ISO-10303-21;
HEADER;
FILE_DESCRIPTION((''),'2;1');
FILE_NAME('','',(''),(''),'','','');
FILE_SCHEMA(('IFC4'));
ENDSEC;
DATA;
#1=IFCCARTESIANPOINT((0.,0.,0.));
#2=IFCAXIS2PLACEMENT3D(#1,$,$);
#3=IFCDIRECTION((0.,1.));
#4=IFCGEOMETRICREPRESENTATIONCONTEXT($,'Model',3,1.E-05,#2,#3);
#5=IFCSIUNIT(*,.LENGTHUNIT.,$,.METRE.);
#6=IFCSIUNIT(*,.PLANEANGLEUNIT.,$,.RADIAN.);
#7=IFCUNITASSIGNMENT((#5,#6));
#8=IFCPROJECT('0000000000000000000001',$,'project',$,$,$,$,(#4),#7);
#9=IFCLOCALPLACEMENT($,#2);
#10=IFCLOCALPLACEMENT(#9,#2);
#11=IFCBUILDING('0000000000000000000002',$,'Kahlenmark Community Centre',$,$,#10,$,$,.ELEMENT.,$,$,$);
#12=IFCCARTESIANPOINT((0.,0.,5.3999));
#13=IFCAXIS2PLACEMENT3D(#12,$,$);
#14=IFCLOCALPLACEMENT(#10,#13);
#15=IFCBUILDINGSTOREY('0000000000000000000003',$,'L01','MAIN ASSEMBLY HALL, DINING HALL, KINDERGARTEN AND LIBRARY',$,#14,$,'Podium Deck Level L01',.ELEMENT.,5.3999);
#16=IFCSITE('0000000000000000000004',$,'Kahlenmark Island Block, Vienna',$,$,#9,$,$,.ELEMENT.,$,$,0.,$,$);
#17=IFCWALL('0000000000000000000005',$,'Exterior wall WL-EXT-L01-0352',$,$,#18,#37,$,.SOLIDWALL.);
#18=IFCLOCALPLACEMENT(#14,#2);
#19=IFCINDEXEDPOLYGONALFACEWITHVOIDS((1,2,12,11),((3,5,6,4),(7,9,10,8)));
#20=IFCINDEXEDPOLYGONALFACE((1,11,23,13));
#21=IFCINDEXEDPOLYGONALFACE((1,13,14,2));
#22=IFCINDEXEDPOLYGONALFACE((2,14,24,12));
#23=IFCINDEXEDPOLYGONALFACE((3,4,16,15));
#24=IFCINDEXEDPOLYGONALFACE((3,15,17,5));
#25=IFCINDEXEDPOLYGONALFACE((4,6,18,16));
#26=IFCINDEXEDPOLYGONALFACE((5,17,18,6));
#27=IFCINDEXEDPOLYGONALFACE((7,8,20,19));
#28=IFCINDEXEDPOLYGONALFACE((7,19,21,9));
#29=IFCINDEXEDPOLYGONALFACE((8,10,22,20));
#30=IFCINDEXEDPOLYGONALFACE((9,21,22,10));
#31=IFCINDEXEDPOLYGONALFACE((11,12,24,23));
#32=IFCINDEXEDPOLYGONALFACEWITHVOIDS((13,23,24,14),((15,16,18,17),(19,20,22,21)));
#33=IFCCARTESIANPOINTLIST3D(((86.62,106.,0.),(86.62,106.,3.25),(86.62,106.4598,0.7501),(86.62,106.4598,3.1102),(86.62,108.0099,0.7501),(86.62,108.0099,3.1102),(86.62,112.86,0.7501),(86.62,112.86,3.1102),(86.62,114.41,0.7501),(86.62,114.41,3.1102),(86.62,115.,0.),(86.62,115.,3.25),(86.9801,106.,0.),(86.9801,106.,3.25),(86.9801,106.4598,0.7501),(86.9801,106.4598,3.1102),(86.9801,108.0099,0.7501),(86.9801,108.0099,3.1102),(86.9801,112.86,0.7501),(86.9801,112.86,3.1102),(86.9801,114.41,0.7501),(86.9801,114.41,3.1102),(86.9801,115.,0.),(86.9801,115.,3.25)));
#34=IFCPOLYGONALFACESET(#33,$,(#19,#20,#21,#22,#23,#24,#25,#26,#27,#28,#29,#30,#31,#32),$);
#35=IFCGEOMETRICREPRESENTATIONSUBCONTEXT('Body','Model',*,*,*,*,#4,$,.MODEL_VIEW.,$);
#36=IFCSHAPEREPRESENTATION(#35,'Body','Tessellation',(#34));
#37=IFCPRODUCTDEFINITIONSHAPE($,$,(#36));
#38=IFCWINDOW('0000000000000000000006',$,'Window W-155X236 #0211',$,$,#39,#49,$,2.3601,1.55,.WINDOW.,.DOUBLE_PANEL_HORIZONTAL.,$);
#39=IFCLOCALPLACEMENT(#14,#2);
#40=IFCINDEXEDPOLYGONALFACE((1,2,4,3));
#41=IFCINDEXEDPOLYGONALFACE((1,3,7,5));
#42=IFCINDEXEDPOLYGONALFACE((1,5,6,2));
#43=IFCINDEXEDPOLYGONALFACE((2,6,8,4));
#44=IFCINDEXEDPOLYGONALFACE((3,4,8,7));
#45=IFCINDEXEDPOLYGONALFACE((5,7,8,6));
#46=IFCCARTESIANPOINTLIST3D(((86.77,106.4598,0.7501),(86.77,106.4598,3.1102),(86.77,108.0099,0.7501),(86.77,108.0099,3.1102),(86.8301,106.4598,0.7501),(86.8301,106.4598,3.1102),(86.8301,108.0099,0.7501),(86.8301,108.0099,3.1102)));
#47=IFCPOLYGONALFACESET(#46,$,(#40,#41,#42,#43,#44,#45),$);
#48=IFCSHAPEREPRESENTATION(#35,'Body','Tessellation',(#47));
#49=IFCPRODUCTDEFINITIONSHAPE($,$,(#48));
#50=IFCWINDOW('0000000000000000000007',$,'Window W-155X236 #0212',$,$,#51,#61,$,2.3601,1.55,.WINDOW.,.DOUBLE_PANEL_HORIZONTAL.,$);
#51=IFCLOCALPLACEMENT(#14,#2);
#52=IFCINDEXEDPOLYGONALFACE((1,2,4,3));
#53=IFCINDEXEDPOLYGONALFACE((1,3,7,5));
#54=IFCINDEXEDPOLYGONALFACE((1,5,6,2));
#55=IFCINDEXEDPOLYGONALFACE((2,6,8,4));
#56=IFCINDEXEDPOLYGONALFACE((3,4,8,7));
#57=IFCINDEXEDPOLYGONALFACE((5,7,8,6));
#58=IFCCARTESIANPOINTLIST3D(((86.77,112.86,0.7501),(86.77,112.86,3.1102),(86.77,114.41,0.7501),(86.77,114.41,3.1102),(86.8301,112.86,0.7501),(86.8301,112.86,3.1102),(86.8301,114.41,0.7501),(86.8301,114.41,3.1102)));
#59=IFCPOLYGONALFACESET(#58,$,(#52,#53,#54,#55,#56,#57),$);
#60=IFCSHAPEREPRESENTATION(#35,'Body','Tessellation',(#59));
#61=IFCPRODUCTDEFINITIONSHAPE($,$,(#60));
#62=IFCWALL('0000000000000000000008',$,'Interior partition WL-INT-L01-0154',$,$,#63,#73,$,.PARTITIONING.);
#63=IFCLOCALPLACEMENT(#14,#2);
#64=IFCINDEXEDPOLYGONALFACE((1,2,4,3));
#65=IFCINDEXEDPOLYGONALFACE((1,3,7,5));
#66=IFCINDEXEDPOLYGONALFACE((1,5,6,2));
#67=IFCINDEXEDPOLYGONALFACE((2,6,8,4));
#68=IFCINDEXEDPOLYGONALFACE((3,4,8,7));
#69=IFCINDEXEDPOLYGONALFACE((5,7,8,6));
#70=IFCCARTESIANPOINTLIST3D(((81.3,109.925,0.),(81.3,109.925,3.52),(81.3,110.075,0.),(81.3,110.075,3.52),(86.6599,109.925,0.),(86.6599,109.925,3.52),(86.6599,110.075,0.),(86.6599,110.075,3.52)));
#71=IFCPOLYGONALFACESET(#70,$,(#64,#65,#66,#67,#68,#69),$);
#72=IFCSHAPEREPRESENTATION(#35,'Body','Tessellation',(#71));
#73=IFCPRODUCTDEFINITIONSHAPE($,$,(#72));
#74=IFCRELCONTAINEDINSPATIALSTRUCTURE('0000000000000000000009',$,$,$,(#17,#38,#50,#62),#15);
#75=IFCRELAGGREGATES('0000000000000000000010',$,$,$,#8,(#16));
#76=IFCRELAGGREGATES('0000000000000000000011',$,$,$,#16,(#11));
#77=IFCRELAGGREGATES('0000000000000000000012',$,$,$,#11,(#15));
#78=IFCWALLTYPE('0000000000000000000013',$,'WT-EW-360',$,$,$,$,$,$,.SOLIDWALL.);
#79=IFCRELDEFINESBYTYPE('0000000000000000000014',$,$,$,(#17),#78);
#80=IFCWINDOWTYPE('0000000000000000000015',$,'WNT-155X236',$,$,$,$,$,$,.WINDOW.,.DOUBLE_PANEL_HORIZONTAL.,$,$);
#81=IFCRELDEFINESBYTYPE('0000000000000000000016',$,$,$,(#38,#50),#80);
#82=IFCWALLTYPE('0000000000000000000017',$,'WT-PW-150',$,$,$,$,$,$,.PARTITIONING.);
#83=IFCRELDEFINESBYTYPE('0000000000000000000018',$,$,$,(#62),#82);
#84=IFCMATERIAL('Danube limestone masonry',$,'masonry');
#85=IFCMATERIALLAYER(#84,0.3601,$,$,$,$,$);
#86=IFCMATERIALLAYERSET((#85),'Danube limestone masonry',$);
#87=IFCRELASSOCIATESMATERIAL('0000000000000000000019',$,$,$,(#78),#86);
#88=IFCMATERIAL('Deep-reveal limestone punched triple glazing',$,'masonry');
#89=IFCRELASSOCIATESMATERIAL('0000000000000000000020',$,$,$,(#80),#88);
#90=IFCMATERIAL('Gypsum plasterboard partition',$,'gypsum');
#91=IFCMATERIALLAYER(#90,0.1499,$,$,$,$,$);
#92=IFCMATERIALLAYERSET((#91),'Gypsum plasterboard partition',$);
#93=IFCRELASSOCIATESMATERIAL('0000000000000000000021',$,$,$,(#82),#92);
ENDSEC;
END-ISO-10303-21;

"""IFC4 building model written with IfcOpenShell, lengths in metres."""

from ifc_helpers import new_model, si_unit, direction, frame, frame_2d, origin, place, context, subcontext, project, spatial, rectangle, extrude, material, layer, layer_set, type_object, element, fill, save


model = new_model("IFC4")

# Units and contexts
model_context = context("Model", 3, precision=1e-05, world=origin(), true_north=direction((0.0, 1.0)))
body_context = subcontext(model_context, "Body", "Model", "MODEL_VIEW")
ifc_project = project(units=[si_unit("LENGTHUNIT", "METRE"), si_unit("PLANEANGLEUNIT", "RADIAN")], contexts=[model_context])

# Site, building, storey
site_placement = place(None, origin())
site = spatial("IfcSite", under=ifc_project, at=site_placement, Name="Kahlenmark Island Block, Vienna", CompositionType="ELEMENT", RefElevation=0.0)
building_placement = place(site_placement, origin())
building = spatial("IfcBuilding", under=site, at=building_placement, Name="Kahlenmark Community Centre", CompositionType="ELEMENT")
storey_placement = place(building_placement, frame((0.0, 0.0, 5.3999)))
storey = spatial("IfcBuildingStorey", under=building, at=storey_placement, Name="L01", Description="MAIN ASSEMBLY HALL, DINING HALL, KINDERGARTEN AND LIBRARY", LongName="Podium Deck Level L01", CompositionType="ELEMENT", Elevation=5.3999)

# Shared definitions
ifc_material_1 = material(Name="Danube limestone masonry", Category="masonry")
ifc_layer_1 = layer(ifc_material_1, 0.3601)
ifc_layer_set_1 = layer_set([ifc_layer_1], Name="Danube limestone masonry")
wall_type_1 = type_object("IfcWallType", Name="WT-EW-360", PredefinedType="SOLIDWALL", material=ifc_layer_set_1)

# Wall, openings, windows
ifc_material_2 = material(Name="Deep-reveal limestone punched triple glazing", Category="masonry")
wall_1_placement = place(storey_placement, frame((86.8, 106.0, 0.0), z_axis=(0.0, 0.0, 1.0), x_axis=(0.0, 1.0, 0.0)))
wall_1 = element("IfcWall", 1, at=wall_1_placement, inside=storey, type_object=wall_type_1, Name="Exterior wall WL-EXT-L01-0352", PredefinedType="SOLIDWALL", context=body_context, shape_type="SweptSolid", body=[
    extrude(rectangle(XDim=9.0, YDim=0.3601, at=frame_2d((4.5, 0.0))), origin(), (0.0, 0.0, 1.0), 3.25),
])
opening_1_placement = place(wall_1_placement, frame((0.46, 0.0, 0.75)))
opening_1 = element("IfcOpeningElement", 2, at=opening_1_placement, cuts=wall_1, PredefinedType="OPENING", context=body_context, shape_type="SweptSolid", body=[
    extrude(rectangle(XDim=1.55, YDim=2.3601, at=frame_2d((0.7749, 1.1802))), frame((0.0, 0.1899, 0.0), z_axis=(0.0, -1.0, 0.0), x_axis=(1.0, 0.0, 0.0)), (0.0, 0.0, 1.0), 0.3801),
])
opening_2_placement = place(wall_1_placement, frame((6.8601, 0.0, 0.75)))
opening_2 = element("IfcOpeningElement", 3, at=opening_2_placement, cuts=wall_1, PredefinedType="OPENING", context=body_context, shape_type="SweptSolid", body=[
    extrude(rectangle(XDim=1.55, YDim=2.3601, at=frame_2d((0.7749, 1.1802))), frame((0.0, 0.1899, 0.0), z_axis=(0.0, -1.0, 0.0), x_axis=(1.0, 0.0, 0.0)), (0.0, 0.0, 1.0), 0.3801),
])
window_type_1 = type_object("IfcWindowType", Name="WNT-155X236", PartitioningType="DOUBLE_PANEL_HORIZONTAL", PredefinedType="WINDOW", material=ifc_material_2)
window_1_placement = place(opening_1_placement, origin())
window_1 = element("IfcWindow", 4, at=window_1_placement, inside=storey, type_object=window_type_1, Name="Window W-155X236 #0211", OverallHeight=2.3601, OverallWidth=1.55, PartitioningType="DOUBLE_PANEL_HORIZONTAL", PredefinedType="WINDOW", context=body_context, shape_type="SweptSolid", body=[
    extrude(rectangle(XDim=1.55, YDim=2.3601, at=frame_2d((0.7749, 1.1802))), frame((0.0, 0.03, 0.0), z_axis=(0.0, -1.0, 0.0), x_axis=(1.0, 0.0, 0.0)), (0.0, 0.0, 1.0), 0.0601),
])
fill(opening_1, window_1)
window_2_placement = place(opening_2_placement, origin())
window_2 = element("IfcWindow", 5, at=window_2_placement, inside=storey, type_object=window_type_1, Name="Window W-155X236 #0212", OverallHeight=2.3601, OverallWidth=1.55, PartitioningType="DOUBLE_PANEL_HORIZONTAL", PredefinedType="WINDOW", context=body_context, shape_type="SweptSolid", body=[
    extrude(rectangle(XDim=1.55, YDim=2.3601, at=frame_2d((0.7749, 1.1802))), frame((0.0, 0.03, 0.0), z_axis=(0.0, -1.0, 0.0), x_axis=(1.0, 0.0, 0.0)), (0.0, 0.0, 1.0), 0.0601),
])
fill(opening_2, window_2)

# Wall
ifc_material_3 = material(Name="Gypsum plasterboard partition", Category="gypsum")
ifc_layer_2 = layer(ifc_material_3, 0.1499)
ifc_layer_set_2 = layer_set([ifc_layer_2], Name="Gypsum plasterboard partition")
wall_type_2 = type_object("IfcWallType", Name="WT-PW-150", PredefinedType="PARTITIONING", material=ifc_layer_set_2)
wall_2_placement = place(storey_placement, frame((81.3, 110.0, 0.0), z_axis=(0.0, 0.0, 1.0), x_axis=(1.0, 0.0, 0.0)))
element("IfcWall", 6, at=wall_2_placement, inside=storey, type_object=wall_type_2, Name="Interior partition WL-INT-L01-0154", PredefinedType="PARTITIONING", context=body_context, shape_type="SweptSolid", body=[
    extrude(rectangle(XDim=5.3599, YDim=0.1499, at=frame_2d((2.6799, 0.0))), origin(), (0.0, 0.0, 1.0), 3.52),
])

save(model, "model.ifc")
